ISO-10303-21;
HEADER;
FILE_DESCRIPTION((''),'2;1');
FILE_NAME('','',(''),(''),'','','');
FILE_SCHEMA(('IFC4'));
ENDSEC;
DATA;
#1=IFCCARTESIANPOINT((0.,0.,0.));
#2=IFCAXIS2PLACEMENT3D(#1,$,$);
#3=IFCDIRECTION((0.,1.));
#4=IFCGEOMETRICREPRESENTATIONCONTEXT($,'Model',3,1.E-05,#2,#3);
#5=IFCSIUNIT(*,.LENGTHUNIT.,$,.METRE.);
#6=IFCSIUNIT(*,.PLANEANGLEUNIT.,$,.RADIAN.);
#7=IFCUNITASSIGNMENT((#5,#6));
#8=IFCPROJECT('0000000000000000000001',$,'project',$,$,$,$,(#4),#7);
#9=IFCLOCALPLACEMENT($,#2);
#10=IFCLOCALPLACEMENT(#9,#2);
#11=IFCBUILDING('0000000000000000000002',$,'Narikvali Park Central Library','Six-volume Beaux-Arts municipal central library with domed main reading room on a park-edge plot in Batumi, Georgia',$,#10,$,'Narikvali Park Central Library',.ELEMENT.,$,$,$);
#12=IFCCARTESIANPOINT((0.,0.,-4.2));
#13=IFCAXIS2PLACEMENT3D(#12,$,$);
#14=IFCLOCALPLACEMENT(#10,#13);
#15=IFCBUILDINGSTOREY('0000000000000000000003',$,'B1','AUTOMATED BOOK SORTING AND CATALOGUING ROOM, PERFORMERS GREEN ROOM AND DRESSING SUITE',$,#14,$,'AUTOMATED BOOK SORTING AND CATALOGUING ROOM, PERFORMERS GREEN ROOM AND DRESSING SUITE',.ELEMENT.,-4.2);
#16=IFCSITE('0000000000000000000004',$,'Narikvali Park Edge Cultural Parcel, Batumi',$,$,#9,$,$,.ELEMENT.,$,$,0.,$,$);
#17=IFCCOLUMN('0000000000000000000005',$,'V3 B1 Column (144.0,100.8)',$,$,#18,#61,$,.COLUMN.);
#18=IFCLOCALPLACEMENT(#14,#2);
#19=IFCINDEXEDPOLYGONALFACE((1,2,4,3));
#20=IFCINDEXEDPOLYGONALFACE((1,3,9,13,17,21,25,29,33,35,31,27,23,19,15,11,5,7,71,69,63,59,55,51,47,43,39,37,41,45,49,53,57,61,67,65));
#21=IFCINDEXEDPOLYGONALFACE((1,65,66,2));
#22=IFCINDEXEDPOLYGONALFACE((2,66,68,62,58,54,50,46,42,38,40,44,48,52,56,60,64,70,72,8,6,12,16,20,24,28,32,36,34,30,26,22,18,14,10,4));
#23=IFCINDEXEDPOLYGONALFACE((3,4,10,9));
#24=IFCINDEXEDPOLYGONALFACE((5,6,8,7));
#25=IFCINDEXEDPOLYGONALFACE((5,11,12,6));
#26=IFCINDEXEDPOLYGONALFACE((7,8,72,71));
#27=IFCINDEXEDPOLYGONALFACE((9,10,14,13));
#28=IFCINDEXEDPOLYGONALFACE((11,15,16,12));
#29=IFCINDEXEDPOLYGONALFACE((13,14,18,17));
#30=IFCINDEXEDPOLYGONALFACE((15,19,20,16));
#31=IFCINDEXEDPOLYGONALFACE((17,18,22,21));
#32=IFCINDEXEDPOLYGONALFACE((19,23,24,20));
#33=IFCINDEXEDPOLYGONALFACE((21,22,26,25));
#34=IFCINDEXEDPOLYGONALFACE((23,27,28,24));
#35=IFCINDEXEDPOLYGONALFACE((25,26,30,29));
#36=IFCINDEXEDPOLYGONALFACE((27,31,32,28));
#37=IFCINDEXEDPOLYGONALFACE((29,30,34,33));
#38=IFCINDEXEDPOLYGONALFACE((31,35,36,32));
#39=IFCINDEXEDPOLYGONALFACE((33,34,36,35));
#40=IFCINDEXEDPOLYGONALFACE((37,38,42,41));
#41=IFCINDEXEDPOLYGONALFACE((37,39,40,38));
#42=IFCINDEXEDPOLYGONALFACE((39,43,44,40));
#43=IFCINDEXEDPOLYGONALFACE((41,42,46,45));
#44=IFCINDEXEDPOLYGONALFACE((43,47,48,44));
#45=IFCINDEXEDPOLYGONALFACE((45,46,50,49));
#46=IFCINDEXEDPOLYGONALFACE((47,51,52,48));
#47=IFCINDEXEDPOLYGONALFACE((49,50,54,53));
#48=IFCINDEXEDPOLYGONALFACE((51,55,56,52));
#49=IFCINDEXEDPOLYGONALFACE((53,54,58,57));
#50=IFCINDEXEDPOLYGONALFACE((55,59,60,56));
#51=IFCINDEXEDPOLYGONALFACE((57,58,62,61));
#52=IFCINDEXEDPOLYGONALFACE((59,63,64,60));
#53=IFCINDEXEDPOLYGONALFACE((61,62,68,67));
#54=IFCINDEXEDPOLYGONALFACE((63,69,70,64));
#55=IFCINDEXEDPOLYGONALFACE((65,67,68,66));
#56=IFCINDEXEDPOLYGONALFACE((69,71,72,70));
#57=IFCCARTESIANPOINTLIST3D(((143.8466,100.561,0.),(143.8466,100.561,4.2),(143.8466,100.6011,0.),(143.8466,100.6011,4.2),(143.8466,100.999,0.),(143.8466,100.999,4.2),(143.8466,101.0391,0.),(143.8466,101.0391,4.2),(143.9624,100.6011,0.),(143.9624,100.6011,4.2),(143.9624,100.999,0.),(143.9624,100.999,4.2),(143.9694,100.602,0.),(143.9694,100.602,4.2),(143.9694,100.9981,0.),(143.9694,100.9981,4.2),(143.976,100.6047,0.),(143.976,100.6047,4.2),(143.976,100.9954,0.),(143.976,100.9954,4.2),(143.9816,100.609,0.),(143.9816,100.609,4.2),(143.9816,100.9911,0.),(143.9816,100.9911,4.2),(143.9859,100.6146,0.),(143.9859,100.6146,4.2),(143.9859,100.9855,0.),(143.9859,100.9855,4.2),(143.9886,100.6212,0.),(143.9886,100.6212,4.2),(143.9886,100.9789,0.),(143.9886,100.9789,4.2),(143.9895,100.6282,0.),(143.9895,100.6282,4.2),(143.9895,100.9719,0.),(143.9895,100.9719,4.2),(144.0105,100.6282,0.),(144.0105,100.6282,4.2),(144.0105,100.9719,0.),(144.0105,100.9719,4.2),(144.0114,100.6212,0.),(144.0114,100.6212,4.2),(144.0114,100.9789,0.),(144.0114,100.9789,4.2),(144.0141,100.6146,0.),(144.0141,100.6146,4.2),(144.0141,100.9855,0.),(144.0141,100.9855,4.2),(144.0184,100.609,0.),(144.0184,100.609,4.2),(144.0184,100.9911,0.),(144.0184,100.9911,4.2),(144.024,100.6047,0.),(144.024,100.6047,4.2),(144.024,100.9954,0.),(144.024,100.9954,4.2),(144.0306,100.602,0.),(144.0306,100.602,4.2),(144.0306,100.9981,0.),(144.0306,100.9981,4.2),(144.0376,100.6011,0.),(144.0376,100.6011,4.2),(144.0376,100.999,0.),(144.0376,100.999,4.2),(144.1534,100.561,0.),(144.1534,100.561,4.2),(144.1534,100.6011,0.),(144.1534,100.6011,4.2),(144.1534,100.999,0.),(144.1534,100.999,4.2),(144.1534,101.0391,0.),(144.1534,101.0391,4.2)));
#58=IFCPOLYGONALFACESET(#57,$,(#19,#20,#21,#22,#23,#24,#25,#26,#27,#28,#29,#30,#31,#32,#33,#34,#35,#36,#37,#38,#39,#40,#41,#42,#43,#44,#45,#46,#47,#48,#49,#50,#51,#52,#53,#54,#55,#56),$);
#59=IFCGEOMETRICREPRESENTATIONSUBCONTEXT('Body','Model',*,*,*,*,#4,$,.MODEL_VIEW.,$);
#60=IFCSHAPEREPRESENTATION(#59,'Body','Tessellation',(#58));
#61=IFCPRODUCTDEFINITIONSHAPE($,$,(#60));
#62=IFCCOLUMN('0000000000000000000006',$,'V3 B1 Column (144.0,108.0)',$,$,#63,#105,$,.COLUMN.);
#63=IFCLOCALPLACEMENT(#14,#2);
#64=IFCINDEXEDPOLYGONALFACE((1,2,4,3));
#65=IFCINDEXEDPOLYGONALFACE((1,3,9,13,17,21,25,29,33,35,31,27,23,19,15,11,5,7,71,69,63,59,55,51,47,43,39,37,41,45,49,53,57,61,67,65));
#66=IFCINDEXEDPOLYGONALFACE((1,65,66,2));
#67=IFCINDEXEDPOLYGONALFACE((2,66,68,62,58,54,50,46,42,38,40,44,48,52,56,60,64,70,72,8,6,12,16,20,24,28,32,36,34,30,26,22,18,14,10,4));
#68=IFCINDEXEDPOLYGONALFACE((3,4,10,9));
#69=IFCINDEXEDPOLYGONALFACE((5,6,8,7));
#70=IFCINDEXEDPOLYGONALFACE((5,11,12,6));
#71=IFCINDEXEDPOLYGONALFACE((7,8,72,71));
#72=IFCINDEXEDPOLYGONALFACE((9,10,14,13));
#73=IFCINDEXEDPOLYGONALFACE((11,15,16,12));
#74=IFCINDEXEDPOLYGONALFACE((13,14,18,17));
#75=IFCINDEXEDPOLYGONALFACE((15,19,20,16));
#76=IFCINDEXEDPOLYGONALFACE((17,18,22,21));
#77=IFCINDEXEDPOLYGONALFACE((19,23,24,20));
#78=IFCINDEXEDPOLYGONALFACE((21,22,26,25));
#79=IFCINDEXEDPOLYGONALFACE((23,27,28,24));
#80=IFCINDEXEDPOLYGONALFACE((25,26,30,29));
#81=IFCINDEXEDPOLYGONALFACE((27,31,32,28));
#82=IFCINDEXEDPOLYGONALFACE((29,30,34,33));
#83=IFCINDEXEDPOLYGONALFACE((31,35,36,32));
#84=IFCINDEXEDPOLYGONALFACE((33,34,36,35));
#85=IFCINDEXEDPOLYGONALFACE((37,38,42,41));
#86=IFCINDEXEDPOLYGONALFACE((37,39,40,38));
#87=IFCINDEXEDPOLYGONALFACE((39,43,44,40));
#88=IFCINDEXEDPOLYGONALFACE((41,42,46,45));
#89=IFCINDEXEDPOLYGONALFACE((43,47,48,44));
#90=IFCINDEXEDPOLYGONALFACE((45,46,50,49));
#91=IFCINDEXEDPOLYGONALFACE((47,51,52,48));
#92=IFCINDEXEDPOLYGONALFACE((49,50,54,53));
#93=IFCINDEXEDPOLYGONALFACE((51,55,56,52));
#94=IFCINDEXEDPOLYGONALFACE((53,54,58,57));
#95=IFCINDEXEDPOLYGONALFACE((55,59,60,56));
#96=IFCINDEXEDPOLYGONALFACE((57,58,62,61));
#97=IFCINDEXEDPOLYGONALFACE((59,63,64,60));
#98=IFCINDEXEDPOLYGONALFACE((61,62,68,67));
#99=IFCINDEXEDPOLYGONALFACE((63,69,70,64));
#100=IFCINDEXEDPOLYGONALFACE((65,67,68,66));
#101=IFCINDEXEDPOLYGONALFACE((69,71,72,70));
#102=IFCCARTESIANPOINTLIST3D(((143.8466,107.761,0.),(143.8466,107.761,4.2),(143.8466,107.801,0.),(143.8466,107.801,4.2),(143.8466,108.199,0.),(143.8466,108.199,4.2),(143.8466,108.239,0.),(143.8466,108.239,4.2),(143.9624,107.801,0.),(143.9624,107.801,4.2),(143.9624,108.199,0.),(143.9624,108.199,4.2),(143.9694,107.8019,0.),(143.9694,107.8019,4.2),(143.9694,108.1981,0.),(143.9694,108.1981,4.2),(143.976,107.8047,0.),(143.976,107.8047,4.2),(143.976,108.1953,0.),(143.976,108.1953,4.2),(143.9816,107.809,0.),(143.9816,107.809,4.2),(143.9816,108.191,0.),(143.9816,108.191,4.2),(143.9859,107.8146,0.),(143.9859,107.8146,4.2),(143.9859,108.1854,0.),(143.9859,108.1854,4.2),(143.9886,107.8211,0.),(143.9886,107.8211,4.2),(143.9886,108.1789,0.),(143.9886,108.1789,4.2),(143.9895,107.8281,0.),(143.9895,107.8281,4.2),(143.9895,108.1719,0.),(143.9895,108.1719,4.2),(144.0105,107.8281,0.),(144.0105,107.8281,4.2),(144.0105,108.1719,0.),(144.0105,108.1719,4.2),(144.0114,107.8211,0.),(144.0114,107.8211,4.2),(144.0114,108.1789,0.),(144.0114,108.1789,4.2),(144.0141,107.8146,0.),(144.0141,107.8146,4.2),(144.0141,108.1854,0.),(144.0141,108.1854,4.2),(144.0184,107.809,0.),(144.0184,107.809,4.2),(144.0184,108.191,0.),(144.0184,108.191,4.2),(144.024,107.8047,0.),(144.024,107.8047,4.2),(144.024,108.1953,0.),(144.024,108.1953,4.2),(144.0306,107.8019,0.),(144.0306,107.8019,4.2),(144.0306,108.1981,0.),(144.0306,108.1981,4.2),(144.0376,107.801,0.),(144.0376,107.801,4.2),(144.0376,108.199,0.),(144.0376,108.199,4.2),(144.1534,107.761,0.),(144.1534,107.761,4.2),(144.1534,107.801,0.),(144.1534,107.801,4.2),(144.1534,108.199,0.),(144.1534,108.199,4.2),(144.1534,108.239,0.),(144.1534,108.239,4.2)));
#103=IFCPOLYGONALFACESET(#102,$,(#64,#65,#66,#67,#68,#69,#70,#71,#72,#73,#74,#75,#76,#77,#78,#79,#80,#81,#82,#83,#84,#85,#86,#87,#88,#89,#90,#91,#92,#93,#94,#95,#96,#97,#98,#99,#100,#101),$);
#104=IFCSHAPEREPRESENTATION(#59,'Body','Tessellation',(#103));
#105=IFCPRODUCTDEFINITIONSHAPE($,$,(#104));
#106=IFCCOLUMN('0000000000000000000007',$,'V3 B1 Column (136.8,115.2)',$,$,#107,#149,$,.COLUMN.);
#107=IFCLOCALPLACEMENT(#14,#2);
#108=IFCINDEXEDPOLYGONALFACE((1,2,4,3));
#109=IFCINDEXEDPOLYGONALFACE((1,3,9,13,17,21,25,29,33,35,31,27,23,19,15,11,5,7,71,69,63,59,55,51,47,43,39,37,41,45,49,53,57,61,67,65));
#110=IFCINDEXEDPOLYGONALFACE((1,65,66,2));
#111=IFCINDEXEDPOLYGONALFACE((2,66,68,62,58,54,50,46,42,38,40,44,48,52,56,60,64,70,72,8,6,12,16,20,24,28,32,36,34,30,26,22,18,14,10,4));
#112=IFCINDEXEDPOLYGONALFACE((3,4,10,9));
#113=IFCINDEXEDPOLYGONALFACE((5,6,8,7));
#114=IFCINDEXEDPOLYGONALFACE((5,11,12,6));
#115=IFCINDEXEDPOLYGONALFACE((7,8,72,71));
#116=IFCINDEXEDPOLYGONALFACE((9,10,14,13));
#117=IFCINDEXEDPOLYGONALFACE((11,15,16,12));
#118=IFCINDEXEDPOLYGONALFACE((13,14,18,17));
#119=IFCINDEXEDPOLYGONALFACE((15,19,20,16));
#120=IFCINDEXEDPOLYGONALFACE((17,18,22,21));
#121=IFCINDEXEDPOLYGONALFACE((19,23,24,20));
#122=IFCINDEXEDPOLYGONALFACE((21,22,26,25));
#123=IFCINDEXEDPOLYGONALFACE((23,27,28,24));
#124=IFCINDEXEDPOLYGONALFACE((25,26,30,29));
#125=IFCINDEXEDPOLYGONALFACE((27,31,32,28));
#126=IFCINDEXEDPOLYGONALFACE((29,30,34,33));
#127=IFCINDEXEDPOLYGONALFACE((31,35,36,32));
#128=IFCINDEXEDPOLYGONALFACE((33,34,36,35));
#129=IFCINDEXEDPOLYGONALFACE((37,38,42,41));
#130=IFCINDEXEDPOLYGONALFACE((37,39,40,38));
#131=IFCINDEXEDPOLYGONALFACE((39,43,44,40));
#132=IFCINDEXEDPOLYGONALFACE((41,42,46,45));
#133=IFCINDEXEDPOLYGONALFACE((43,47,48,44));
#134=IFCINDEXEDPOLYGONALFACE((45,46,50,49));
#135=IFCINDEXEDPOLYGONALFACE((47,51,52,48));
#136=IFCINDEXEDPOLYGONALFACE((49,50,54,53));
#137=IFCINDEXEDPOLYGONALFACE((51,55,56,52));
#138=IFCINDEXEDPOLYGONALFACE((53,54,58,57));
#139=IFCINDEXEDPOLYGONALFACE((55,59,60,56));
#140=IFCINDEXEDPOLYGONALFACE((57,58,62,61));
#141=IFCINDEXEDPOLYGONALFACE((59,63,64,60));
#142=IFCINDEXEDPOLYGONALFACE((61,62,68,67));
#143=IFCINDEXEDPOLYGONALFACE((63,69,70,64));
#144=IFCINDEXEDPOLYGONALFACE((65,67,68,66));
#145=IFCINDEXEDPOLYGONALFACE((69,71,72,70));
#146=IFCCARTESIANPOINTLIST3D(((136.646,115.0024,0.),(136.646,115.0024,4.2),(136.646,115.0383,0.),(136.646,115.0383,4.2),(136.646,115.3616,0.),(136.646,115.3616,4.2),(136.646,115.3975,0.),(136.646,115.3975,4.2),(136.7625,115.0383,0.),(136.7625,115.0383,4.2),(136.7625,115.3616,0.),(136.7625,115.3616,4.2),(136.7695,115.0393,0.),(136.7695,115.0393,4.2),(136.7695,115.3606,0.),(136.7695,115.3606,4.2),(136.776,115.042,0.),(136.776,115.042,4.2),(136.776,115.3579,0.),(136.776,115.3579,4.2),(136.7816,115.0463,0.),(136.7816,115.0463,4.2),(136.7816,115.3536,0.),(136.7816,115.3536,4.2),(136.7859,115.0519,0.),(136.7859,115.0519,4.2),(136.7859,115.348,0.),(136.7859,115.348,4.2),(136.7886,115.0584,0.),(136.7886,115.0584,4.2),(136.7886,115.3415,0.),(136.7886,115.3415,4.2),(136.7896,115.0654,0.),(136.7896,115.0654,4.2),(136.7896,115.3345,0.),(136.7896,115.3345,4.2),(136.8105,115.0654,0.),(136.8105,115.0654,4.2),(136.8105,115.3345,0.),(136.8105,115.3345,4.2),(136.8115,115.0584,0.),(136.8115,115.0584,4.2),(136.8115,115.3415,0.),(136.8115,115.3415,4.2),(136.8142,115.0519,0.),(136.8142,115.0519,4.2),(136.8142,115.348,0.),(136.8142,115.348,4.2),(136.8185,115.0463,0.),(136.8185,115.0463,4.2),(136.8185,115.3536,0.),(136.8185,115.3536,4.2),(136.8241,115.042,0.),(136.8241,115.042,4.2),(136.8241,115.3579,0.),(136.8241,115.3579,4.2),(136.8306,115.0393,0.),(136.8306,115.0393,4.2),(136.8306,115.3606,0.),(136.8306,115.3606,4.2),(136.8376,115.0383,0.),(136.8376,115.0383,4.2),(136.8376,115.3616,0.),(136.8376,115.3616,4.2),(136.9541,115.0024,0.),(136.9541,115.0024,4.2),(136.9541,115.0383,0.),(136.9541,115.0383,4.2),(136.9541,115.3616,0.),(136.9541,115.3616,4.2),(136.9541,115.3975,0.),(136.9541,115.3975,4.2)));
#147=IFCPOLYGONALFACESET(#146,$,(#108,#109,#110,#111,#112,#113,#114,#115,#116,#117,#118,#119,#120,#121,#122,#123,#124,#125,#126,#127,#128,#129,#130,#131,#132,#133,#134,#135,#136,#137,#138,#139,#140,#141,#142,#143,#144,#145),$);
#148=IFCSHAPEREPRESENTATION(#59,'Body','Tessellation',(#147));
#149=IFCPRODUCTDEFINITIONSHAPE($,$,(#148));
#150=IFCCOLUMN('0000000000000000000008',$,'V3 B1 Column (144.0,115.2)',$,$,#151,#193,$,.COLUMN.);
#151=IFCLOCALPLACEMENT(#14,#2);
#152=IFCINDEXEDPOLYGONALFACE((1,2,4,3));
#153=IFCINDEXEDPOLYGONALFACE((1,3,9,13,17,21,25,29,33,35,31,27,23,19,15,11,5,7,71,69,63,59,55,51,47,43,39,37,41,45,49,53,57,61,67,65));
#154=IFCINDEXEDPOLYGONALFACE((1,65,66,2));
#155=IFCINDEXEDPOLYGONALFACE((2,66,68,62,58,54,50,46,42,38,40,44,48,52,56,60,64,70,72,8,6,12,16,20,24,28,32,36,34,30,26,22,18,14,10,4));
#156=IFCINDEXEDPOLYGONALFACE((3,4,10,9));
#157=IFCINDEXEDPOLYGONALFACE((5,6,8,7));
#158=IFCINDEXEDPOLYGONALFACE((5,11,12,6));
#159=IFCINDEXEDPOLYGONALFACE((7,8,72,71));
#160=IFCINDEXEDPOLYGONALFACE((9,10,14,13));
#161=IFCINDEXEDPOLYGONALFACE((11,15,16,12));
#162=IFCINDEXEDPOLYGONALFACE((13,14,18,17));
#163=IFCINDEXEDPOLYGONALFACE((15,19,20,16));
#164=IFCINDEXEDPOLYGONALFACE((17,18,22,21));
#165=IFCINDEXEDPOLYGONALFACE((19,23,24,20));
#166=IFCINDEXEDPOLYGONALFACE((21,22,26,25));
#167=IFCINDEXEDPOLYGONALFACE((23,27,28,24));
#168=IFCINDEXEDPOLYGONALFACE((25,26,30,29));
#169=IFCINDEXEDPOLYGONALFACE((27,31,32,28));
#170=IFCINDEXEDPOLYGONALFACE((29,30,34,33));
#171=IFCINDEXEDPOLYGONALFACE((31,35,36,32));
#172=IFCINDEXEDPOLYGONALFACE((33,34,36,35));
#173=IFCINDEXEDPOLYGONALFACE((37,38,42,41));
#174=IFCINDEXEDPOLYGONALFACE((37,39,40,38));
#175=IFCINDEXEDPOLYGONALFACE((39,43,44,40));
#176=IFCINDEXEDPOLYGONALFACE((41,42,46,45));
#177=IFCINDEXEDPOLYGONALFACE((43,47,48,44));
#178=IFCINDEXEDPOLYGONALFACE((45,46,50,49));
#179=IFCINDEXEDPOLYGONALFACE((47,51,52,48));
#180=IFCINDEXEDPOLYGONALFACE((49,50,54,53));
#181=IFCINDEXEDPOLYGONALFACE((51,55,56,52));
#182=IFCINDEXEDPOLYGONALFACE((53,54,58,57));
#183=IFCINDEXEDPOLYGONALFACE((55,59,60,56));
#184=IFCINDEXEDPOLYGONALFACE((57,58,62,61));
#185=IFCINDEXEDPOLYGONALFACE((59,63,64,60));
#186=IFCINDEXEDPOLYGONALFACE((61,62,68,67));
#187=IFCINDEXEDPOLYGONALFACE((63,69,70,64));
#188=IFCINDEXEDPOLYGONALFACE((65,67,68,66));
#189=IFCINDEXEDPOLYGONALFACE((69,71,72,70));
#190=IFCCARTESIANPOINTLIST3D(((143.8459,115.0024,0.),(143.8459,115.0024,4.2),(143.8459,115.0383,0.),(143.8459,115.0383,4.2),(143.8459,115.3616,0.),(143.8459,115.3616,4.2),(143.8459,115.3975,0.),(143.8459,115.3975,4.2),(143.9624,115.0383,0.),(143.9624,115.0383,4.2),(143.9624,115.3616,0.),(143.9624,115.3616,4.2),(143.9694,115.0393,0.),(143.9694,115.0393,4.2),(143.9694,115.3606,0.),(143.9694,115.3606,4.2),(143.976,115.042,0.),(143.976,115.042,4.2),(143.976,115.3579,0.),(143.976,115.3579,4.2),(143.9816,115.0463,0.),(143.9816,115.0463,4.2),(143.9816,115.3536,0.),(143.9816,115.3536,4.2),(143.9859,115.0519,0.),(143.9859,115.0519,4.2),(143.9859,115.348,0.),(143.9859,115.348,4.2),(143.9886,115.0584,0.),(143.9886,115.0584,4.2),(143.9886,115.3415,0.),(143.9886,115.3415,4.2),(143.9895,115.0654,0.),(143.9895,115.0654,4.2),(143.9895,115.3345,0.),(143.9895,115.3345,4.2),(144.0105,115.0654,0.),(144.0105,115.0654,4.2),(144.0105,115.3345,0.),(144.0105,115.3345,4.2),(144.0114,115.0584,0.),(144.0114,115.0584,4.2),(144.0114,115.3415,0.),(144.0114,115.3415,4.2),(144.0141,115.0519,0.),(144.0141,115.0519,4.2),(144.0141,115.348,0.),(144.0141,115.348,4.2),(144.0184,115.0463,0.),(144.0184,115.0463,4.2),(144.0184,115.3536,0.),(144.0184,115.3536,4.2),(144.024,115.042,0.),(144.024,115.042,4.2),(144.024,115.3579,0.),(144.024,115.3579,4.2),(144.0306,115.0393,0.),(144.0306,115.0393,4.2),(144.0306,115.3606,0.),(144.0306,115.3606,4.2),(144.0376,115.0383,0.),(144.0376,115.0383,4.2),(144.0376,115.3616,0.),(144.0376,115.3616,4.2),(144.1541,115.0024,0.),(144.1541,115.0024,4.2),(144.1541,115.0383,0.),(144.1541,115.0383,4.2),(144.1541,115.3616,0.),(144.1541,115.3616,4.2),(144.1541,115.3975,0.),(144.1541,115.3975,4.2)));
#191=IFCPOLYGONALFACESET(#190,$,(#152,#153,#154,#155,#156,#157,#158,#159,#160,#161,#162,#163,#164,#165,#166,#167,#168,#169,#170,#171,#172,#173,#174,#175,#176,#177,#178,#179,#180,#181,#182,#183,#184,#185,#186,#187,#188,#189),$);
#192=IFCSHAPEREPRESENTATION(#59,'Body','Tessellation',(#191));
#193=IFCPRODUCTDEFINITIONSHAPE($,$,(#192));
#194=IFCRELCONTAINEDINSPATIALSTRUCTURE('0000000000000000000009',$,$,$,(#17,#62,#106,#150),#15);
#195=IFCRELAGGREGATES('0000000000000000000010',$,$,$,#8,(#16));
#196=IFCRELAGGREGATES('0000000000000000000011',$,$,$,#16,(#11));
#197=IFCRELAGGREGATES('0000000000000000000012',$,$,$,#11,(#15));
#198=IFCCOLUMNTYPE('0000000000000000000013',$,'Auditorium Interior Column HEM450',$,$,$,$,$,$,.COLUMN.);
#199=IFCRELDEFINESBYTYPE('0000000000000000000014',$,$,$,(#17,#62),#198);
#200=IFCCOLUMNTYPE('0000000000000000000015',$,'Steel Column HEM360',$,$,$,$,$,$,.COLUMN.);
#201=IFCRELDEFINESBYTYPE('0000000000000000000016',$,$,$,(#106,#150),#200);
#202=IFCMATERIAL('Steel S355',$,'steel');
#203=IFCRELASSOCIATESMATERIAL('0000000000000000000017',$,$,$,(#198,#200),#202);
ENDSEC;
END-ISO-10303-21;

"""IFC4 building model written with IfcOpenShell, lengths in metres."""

from ifc_helpers import new_model, si_unit, direction, frame, origin, origin_2d, place, context, subcontext, project, spatial, i_section, extrude, material, material_profile, profile_set, type_object, element, save


model = new_model("IFC4")

# Units and contexts
model_context = context("Model", 3, precision=1e-05, world=origin(), true_north=direction((0.0, 1.0)))
body_context = subcontext(model_context, "Body", "Model", "MODEL_VIEW")
ifc_project = project(units=[si_unit("LENGTHUNIT", "METRE"), si_unit("PLANEANGLEUNIT", "RADIAN")], contexts=[model_context])

# Site, building, storey
site_placement = place(None, origin())
site = spatial("IfcSite", under=ifc_project, at=site_placement, Name="Narikvali Park Edge Cultural Parcel, Batumi", CompositionType="ELEMENT", RefElevation=0.0)
building_placement = place(site_placement, origin())
building = spatial("IfcBuilding", under=site, at=building_placement, Name="Narikvali Park Central Library", Description="Six-volume Beaux-Arts municipal central library with domed main reading room on a park-edge plot in Batumi, Georgia", LongName="Narikvali Park Central Library", CompositionType="ELEMENT")
storey_placement = place(building_placement, frame((0.0, 0.0, -4.2)))
storey = spatial("IfcBuildingStorey", under=building, at=storey_placement, Name="B1", Description="AUTOMATED BOOK SORTING AND CATALOGUING ROOM, PERFORMERS GREEN ROOM AND DRESSING SUITE", LongName="AUTOMATED BOOK SORTING AND CATALOGUING ROOM, PERFORMERS GREEN ROOM AND DRESSING SUITE", CompositionType="ELEMENT", Elevation=-4.2)

# Columns
ifc_material_1 = material(Name="Steel S355", Category="steel")
ifc_material_profile_1 = material_profile(ifc_material_1, i_section(OverallWidth=0.3069, OverallDepth=0.478, WebThickness=0.021, FlangeThickness=0.04, FilletRadius=0.0271, at=origin_2d()), Name="HEM 450")
ifc_profile_set_1 = profile_set([ifc_material_profile_1], Name="Steel S355")
column_type_1 = type_object("IfcColumnType", Name="Auditorium Interior Column HEM450", PredefinedType="COLUMN", material=ifc_profile_set_1)
for number, where, z_axis, x_axis, name in (
    (1, (144.0, 100.8, 0.0), (0.0, 0.0, 1.0), (1.0, 0.0, 0.0), "V3 B1 Column (144.0,100.8)"),
    (2, (144.0, 108.0, 0.0), (0.0, 0.0, 1.0), (1.0, 0.0, 0.0), "V3 B1 Column (144.0,108.0)"),
):
    element("IfcColumn", number, at=place(storey_placement, frame(where, z_axis=z_axis, x_axis=x_axis)), inside=storey, type_object=column_type_1, Name=name, PredefinedType="COLUMN", context=body_context, shape_type="SweptSolid", body=[
        extrude(i_section(OverallWidth=0.3069, OverallDepth=0.478, WebThickness=0.021, FlangeThickness=0.04, FilletRadius=0.0271, at=origin_2d()), origin(), (0.0, 0.0, 1.0), 4.2),
    ])
ifc_material_profile_2 = material_profile(ifc_material_1, i_section(OverallWidth=0.3081, OverallDepth=0.395, WebThickness=0.021, FlangeThickness=0.0359, FilletRadius=0.0271, at=origin_2d()), Name="HEM 360")
ifc_profile_set_2 = profile_set([ifc_material_profile_2], Name="Steel S355")
column_type_2 = type_object("IfcColumnType", Name="Steel Column HEM360", PredefinedType="COLUMN", material=ifc_profile_set_2)
for number, where, z_axis, x_axis, name in (
    (3, (136.8, 115.2, 0.0), (0.0, 0.0, 1.0), (1.0, 0.0, 0.0), "V3 B1 Column (136.8,115.2)"),
    (4, (144.0, 115.2, 0.0), (0.0, 0.0, 1.0), (1.0, 0.0, 0.0), "V3 B1 Column (144.0,115.2)"),
):
    element("IfcColumn", number, at=place(storey_placement, frame(where, z_axis=z_axis, x_axis=x_axis)), inside=storey, type_object=column_type_2, Name=name, PredefinedType="COLUMN", context=body_context, shape_type="SweptSolid", body=[
        extrude(i_section(OverallWidth=0.3081, OverallDepth=0.395, WebThickness=0.021, FlangeThickness=0.0359, FilletRadius=0.0271, at=origin_2d()), origin(), (0.0, 0.0, 1.0), 4.2),
    ])

save(model, "model.ifc")
